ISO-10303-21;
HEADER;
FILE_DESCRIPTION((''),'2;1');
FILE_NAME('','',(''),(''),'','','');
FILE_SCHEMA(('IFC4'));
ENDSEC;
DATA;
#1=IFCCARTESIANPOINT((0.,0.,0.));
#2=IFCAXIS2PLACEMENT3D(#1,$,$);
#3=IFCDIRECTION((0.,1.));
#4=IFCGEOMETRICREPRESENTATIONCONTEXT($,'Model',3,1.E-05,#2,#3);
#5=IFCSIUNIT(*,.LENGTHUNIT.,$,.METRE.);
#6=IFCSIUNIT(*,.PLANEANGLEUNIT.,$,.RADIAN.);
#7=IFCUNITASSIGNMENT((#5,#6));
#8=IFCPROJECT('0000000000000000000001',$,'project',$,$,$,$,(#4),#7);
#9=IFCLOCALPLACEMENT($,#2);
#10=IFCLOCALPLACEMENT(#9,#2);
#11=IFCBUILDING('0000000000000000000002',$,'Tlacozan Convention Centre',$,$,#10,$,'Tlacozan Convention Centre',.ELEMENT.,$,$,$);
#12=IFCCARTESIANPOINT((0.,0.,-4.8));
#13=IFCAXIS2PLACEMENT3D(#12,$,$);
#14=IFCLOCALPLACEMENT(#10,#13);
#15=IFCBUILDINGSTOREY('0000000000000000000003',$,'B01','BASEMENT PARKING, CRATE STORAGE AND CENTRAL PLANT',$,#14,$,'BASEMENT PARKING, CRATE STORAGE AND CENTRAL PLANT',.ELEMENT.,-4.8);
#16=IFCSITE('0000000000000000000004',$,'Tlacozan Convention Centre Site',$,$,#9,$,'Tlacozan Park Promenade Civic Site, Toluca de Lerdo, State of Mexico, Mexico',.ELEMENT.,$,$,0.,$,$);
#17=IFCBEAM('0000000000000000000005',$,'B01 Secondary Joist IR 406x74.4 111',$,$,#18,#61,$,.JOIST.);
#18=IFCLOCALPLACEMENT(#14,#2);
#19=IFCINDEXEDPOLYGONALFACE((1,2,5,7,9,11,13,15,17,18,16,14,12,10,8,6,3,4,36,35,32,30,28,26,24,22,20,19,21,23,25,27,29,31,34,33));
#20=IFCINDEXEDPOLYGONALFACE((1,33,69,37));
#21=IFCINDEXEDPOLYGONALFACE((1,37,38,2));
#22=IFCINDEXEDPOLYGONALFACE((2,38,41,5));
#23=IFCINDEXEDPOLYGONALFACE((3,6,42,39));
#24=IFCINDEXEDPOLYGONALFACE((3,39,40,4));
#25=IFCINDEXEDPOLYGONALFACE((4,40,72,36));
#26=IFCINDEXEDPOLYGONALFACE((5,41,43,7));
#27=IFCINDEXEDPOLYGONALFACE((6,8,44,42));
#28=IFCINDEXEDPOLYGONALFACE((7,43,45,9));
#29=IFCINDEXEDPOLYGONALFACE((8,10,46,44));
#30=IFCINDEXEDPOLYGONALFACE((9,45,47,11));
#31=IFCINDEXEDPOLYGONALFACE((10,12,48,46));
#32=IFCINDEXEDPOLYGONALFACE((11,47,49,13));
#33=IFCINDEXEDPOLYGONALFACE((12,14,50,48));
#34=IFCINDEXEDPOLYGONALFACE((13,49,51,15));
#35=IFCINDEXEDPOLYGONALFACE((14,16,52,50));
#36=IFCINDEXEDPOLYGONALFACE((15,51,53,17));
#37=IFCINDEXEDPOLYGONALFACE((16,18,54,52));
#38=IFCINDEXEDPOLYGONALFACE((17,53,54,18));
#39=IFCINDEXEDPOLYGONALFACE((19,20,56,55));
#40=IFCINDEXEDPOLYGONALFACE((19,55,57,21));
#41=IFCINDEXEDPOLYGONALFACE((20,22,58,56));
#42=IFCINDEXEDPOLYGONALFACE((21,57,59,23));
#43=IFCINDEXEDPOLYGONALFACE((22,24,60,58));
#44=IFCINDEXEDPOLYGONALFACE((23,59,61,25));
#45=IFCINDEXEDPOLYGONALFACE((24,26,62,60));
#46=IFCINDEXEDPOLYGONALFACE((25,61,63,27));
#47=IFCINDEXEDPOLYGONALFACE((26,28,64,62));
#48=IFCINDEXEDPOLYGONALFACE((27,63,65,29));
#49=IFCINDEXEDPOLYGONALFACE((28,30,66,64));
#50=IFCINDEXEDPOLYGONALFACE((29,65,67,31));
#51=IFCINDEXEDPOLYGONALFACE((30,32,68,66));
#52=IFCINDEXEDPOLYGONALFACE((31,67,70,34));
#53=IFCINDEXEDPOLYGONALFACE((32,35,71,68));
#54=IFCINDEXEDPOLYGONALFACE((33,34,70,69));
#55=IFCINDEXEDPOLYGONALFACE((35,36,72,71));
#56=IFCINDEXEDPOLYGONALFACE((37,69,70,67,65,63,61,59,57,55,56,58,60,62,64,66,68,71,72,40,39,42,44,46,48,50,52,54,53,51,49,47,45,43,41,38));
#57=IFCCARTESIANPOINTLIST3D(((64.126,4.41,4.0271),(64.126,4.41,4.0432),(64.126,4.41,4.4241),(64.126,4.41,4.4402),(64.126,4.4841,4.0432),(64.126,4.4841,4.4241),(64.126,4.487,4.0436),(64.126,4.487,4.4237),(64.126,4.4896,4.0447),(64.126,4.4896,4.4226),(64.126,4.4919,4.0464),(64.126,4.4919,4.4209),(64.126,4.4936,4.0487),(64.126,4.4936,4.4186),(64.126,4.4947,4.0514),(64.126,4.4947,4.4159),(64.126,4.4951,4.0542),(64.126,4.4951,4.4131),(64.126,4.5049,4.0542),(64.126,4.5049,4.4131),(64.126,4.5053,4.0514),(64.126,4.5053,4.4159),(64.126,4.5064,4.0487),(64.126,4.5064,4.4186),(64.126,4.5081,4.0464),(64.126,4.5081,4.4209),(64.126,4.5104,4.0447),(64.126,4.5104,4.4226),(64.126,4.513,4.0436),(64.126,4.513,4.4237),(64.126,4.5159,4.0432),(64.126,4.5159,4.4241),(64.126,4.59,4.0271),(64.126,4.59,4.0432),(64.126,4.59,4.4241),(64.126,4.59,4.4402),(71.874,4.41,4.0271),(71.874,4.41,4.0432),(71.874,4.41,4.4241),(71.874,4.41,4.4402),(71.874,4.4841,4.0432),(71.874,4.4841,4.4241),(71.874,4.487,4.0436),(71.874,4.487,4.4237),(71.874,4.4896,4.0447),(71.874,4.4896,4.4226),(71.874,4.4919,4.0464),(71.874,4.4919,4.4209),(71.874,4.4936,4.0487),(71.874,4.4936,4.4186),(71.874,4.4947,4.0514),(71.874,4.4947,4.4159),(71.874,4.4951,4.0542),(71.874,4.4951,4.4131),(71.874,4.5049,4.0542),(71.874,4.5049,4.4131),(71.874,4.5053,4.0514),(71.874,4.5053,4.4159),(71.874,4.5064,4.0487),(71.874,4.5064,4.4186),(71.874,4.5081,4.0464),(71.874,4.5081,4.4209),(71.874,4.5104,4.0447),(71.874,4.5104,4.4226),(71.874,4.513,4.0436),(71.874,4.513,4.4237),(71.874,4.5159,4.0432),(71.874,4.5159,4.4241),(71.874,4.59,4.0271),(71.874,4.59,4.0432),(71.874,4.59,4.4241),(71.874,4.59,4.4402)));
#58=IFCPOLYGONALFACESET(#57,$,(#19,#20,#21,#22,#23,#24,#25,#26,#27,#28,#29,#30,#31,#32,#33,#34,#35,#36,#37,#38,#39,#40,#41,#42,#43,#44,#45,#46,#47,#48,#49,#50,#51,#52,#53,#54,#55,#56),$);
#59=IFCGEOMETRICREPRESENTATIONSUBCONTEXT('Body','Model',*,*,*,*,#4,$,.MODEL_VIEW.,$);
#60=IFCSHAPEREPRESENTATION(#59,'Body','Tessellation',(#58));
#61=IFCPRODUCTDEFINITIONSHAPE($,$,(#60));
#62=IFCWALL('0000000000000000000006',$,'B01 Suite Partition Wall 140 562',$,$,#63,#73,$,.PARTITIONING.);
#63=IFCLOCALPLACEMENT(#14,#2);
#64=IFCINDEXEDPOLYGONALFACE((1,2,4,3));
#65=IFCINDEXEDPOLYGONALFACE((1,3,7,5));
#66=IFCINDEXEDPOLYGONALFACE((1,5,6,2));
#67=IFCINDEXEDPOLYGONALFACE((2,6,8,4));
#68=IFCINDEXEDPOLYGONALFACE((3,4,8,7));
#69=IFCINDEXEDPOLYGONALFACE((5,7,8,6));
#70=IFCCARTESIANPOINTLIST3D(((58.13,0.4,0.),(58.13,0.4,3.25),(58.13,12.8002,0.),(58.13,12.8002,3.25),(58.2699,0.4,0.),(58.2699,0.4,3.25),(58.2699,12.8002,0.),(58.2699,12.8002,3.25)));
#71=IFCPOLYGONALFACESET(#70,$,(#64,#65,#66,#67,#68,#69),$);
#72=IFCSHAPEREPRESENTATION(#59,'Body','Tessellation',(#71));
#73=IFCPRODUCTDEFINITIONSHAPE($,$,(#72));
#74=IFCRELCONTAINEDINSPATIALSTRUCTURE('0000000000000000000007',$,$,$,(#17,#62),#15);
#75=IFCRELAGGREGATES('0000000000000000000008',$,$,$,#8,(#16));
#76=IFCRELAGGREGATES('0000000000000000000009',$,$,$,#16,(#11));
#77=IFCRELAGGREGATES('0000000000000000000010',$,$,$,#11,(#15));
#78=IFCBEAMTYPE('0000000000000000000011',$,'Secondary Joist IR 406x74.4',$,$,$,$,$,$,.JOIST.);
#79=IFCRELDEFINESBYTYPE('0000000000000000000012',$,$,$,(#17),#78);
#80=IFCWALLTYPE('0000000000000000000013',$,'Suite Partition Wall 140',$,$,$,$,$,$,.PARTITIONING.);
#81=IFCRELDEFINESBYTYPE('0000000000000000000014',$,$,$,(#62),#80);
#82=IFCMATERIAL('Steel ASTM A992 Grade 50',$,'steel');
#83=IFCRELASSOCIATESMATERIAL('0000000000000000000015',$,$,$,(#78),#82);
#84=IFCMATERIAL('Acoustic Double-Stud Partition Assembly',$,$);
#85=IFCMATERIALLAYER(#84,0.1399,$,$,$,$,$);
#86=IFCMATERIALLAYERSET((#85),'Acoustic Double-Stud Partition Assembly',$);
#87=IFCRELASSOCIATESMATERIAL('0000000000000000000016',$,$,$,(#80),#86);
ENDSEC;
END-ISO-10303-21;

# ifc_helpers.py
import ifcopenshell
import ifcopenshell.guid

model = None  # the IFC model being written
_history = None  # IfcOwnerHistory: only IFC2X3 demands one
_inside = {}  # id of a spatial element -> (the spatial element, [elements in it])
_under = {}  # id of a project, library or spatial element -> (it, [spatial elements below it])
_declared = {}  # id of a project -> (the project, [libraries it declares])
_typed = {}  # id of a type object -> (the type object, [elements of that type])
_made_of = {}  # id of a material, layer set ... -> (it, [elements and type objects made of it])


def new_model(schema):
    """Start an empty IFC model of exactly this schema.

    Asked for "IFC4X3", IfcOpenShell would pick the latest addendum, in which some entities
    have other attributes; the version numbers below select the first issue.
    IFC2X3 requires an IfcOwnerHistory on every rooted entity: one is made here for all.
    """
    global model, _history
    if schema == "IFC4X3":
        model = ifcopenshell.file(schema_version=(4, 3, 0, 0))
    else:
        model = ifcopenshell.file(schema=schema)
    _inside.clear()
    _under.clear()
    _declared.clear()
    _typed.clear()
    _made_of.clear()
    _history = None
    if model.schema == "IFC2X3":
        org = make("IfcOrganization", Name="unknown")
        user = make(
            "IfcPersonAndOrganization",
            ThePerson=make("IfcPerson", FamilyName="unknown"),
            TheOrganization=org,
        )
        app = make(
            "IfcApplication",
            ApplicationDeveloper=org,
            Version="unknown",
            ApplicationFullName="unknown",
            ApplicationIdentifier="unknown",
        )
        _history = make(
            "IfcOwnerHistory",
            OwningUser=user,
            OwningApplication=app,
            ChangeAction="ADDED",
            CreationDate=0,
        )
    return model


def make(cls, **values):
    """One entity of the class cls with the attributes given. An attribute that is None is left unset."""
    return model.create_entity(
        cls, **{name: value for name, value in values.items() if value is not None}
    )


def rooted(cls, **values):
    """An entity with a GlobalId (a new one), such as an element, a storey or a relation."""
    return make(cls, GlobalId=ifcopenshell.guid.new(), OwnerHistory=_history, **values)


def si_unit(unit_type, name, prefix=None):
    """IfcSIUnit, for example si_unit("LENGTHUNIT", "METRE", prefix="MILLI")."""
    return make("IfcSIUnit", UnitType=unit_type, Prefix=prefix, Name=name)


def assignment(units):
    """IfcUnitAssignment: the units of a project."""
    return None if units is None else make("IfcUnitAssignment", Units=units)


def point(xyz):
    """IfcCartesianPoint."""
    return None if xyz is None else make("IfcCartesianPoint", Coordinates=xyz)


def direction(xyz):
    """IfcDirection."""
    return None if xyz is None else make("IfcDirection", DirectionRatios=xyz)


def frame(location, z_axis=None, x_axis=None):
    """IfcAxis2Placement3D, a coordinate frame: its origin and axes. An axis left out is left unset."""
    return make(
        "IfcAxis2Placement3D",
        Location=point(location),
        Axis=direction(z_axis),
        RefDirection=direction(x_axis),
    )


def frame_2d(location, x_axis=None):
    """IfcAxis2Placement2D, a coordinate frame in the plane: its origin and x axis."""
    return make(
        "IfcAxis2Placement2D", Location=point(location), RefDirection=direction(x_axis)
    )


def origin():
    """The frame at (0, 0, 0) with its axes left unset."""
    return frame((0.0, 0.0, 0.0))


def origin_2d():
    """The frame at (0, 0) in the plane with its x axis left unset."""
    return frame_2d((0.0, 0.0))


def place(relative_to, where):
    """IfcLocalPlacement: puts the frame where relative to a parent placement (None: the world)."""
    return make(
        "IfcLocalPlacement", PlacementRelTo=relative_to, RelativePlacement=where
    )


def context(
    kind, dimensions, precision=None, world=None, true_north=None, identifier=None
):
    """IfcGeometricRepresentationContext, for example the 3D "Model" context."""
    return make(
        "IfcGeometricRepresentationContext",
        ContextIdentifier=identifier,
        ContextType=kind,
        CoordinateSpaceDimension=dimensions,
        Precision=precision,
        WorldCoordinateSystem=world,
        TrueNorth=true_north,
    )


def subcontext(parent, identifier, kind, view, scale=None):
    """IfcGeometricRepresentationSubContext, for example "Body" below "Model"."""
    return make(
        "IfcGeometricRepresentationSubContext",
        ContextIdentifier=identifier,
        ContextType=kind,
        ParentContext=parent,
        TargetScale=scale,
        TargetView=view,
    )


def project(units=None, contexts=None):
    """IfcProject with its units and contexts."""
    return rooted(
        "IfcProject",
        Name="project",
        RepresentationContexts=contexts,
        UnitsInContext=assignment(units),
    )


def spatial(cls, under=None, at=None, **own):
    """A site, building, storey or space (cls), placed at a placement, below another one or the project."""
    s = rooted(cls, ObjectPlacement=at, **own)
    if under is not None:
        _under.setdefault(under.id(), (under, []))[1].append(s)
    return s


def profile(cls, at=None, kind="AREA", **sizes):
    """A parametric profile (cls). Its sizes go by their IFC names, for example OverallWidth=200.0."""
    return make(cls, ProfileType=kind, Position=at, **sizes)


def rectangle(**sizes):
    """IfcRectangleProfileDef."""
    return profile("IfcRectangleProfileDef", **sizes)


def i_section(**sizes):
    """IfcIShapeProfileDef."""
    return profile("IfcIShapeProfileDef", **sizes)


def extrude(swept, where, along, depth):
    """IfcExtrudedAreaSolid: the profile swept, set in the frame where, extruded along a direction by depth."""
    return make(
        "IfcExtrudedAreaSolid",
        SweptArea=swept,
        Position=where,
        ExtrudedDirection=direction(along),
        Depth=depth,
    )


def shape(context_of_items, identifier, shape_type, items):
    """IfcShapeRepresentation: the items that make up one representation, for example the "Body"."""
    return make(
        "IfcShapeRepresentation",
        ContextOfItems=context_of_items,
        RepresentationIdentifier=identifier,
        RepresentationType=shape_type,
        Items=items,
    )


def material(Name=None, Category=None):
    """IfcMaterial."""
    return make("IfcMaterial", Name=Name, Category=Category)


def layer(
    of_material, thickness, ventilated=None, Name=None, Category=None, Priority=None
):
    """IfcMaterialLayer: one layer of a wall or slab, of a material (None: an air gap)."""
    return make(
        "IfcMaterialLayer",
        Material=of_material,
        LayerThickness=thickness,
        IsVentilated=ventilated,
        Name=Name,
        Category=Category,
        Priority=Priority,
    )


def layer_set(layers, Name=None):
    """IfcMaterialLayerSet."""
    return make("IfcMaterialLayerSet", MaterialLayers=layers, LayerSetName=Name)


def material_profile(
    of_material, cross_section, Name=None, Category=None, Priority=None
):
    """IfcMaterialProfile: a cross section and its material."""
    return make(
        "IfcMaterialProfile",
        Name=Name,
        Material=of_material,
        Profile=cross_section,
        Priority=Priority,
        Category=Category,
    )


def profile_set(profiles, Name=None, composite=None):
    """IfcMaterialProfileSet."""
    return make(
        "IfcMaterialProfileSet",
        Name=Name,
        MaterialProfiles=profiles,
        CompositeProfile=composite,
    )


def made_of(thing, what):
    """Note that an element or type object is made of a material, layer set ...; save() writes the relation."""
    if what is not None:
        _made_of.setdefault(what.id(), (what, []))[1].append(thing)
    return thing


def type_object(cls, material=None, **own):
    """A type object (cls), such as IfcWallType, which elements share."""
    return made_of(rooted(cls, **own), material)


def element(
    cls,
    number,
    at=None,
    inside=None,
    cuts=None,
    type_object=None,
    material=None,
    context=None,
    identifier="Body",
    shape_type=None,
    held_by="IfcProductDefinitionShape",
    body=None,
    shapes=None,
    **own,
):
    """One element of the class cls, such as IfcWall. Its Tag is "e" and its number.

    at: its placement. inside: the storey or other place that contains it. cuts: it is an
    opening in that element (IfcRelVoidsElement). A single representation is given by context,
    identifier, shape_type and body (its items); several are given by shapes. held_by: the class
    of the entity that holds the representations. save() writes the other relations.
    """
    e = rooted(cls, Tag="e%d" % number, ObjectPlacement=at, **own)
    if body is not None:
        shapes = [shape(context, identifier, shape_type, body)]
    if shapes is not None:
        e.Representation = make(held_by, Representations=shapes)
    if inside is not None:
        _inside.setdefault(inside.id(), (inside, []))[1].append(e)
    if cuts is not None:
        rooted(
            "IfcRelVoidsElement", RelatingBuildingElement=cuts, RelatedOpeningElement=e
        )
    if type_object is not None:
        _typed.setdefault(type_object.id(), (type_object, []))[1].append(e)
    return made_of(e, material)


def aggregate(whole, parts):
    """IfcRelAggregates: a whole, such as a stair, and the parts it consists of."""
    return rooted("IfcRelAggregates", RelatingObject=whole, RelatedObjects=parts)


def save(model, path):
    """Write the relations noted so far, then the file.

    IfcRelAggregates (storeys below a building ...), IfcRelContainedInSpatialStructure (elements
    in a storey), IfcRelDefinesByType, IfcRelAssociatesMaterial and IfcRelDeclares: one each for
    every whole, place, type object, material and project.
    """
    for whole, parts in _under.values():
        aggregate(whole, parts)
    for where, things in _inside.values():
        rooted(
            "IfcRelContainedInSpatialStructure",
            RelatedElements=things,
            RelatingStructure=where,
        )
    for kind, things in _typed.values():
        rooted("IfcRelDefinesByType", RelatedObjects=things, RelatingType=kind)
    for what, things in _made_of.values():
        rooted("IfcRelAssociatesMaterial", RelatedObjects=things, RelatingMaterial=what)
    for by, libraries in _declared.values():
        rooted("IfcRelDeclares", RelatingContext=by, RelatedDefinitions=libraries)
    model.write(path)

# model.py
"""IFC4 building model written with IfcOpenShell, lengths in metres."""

from ifc_helpers import new_model, si_unit, direction, frame, frame_2d, origin, origin_2d, place, context, subcontext, project, spatial, rectangle, i_section, extrude, material, layer, layer_set, material_profile, profile_set, type_object, element, save


model = new_model("IFC4")

# Units and contexts
model_context = context("Model", 3, precision=1e-05, world=origin(), true_north=direction((0.0, 1.0)))
body_context = subcontext(model_context, "Body", "Model", "MODEL_VIEW")
ifc_project = project(units=[si_unit("LENGTHUNIT", "METRE"), si_unit("PLANEANGLEUNIT", "RADIAN")], contexts=[model_context])

# Site, building, storey
site_placement = place(None, origin())
site = spatial("IfcSite", under=ifc_project, at=site_placement, Name="Tlacozan Convention Centre Site", LongName="Tlacozan Park Promenade Civic Site, Toluca de Lerdo, State of Mexico, Mexico", CompositionType="ELEMENT", RefElevation=0.0)
building_placement = place(site_placement, origin())
building = spatial("IfcBuilding", under=site, at=building_placement, Name="Tlacozan Convention Centre", LongName="Tlacozan Convention Centre", CompositionType="ELEMENT")
storey_placement = place(building_placement, frame((0.0, 0.0, -4.8)))
storey = spatial("IfcBuildingStorey", under=building, at=storey_placement, Name="B01", Description="BASEMENT PARKING, CRATE STORAGE AND CENTRAL PLANT", LongName="BASEMENT PARKING, CRATE STORAGE AND CENTRAL PLANT", CompositionType="ELEMENT", Elevation=-4.8)

# Beam
ifc_material_1 = material(Name="Steel ASTM A992 Grade 50", Category="steel")
ifc_material_profile_1 = material_profile(ifc_material_1, i_section(OverallWidth=0.1799, OverallDepth=0.4131, WebThickness=0.0098, FlangeThickness=0.0161, FilletRadius=0.011, at=origin_2d()), Name="IR 406x74.4")
ifc_profile_set_1 = profile_set([ifc_material_profile_1], Name="Steel ASTM A992 Grade 50")
beam_type_1 = type_object("IfcBeamType", Name="Secondary Joist IR 406x74.4", PredefinedType="JOIST", material=ifc_profile_set_1)
for number, where, z_axis, x_axis, name in (
    (1, (64.126, 4.5, 4.2336), (1.0, 0.0, 0.0), (0.0, 1.0, 0.0), "B01 Secondary Joist IR 406x74.4 111"),
):
    element("IfcBeam", number, at=place(storey_placement, frame(where, z_axis=z_axis, x_axis=x_axis)), inside=storey, type_object=beam_type_1, Name=name, PredefinedType="JOIST", context=body_context, shape_type="SweptSolid", body=[
        extrude(i_section(OverallWidth=0.1799, OverallDepth=0.4131, WebThickness=0.0098, FlangeThickness=0.0161, FilletRadius=0.011, at=origin_2d()), origin(), (0.0, 0.0, 1.0), 7.748),
    ])

# Wall
ifc_material_2 = material(Name="Acoustic Double-Stud Partition Assembly")
ifc_layer_1 = layer(ifc_material_2, 0.1399)
ifc_layer_set_1 = layer_set([ifc_layer_1], Name="Acoustic Double-Stud Partition Assembly")
wall_type = type_object("IfcWallType", Name="Suite Partition Wall 140", PredefinedType="PARTITIONING", material=ifc_layer_set_1)
wall_placement = place(storey_placement, frame((58.2, 0.3999, 0.0), z_axis=(0.0, 0.0, 1.0), x_axis=(0.0, 1.0, 0.0)))
element("IfcWall", 2, at=wall_placement, inside=storey, type_object=wall_type, Name="B01 Suite Partition Wall 140 562", PredefinedType="PARTITIONING", context=body_context, shape_type="SweptSolid", body=[
    extrude(rectangle(XDim=12.4001, YDim=0.1399, at=frame_2d((6.2002, 0.0))), origin(), (0.0, 0.0, 1.0), 3.25),
])

save(model, "model.ifc")
